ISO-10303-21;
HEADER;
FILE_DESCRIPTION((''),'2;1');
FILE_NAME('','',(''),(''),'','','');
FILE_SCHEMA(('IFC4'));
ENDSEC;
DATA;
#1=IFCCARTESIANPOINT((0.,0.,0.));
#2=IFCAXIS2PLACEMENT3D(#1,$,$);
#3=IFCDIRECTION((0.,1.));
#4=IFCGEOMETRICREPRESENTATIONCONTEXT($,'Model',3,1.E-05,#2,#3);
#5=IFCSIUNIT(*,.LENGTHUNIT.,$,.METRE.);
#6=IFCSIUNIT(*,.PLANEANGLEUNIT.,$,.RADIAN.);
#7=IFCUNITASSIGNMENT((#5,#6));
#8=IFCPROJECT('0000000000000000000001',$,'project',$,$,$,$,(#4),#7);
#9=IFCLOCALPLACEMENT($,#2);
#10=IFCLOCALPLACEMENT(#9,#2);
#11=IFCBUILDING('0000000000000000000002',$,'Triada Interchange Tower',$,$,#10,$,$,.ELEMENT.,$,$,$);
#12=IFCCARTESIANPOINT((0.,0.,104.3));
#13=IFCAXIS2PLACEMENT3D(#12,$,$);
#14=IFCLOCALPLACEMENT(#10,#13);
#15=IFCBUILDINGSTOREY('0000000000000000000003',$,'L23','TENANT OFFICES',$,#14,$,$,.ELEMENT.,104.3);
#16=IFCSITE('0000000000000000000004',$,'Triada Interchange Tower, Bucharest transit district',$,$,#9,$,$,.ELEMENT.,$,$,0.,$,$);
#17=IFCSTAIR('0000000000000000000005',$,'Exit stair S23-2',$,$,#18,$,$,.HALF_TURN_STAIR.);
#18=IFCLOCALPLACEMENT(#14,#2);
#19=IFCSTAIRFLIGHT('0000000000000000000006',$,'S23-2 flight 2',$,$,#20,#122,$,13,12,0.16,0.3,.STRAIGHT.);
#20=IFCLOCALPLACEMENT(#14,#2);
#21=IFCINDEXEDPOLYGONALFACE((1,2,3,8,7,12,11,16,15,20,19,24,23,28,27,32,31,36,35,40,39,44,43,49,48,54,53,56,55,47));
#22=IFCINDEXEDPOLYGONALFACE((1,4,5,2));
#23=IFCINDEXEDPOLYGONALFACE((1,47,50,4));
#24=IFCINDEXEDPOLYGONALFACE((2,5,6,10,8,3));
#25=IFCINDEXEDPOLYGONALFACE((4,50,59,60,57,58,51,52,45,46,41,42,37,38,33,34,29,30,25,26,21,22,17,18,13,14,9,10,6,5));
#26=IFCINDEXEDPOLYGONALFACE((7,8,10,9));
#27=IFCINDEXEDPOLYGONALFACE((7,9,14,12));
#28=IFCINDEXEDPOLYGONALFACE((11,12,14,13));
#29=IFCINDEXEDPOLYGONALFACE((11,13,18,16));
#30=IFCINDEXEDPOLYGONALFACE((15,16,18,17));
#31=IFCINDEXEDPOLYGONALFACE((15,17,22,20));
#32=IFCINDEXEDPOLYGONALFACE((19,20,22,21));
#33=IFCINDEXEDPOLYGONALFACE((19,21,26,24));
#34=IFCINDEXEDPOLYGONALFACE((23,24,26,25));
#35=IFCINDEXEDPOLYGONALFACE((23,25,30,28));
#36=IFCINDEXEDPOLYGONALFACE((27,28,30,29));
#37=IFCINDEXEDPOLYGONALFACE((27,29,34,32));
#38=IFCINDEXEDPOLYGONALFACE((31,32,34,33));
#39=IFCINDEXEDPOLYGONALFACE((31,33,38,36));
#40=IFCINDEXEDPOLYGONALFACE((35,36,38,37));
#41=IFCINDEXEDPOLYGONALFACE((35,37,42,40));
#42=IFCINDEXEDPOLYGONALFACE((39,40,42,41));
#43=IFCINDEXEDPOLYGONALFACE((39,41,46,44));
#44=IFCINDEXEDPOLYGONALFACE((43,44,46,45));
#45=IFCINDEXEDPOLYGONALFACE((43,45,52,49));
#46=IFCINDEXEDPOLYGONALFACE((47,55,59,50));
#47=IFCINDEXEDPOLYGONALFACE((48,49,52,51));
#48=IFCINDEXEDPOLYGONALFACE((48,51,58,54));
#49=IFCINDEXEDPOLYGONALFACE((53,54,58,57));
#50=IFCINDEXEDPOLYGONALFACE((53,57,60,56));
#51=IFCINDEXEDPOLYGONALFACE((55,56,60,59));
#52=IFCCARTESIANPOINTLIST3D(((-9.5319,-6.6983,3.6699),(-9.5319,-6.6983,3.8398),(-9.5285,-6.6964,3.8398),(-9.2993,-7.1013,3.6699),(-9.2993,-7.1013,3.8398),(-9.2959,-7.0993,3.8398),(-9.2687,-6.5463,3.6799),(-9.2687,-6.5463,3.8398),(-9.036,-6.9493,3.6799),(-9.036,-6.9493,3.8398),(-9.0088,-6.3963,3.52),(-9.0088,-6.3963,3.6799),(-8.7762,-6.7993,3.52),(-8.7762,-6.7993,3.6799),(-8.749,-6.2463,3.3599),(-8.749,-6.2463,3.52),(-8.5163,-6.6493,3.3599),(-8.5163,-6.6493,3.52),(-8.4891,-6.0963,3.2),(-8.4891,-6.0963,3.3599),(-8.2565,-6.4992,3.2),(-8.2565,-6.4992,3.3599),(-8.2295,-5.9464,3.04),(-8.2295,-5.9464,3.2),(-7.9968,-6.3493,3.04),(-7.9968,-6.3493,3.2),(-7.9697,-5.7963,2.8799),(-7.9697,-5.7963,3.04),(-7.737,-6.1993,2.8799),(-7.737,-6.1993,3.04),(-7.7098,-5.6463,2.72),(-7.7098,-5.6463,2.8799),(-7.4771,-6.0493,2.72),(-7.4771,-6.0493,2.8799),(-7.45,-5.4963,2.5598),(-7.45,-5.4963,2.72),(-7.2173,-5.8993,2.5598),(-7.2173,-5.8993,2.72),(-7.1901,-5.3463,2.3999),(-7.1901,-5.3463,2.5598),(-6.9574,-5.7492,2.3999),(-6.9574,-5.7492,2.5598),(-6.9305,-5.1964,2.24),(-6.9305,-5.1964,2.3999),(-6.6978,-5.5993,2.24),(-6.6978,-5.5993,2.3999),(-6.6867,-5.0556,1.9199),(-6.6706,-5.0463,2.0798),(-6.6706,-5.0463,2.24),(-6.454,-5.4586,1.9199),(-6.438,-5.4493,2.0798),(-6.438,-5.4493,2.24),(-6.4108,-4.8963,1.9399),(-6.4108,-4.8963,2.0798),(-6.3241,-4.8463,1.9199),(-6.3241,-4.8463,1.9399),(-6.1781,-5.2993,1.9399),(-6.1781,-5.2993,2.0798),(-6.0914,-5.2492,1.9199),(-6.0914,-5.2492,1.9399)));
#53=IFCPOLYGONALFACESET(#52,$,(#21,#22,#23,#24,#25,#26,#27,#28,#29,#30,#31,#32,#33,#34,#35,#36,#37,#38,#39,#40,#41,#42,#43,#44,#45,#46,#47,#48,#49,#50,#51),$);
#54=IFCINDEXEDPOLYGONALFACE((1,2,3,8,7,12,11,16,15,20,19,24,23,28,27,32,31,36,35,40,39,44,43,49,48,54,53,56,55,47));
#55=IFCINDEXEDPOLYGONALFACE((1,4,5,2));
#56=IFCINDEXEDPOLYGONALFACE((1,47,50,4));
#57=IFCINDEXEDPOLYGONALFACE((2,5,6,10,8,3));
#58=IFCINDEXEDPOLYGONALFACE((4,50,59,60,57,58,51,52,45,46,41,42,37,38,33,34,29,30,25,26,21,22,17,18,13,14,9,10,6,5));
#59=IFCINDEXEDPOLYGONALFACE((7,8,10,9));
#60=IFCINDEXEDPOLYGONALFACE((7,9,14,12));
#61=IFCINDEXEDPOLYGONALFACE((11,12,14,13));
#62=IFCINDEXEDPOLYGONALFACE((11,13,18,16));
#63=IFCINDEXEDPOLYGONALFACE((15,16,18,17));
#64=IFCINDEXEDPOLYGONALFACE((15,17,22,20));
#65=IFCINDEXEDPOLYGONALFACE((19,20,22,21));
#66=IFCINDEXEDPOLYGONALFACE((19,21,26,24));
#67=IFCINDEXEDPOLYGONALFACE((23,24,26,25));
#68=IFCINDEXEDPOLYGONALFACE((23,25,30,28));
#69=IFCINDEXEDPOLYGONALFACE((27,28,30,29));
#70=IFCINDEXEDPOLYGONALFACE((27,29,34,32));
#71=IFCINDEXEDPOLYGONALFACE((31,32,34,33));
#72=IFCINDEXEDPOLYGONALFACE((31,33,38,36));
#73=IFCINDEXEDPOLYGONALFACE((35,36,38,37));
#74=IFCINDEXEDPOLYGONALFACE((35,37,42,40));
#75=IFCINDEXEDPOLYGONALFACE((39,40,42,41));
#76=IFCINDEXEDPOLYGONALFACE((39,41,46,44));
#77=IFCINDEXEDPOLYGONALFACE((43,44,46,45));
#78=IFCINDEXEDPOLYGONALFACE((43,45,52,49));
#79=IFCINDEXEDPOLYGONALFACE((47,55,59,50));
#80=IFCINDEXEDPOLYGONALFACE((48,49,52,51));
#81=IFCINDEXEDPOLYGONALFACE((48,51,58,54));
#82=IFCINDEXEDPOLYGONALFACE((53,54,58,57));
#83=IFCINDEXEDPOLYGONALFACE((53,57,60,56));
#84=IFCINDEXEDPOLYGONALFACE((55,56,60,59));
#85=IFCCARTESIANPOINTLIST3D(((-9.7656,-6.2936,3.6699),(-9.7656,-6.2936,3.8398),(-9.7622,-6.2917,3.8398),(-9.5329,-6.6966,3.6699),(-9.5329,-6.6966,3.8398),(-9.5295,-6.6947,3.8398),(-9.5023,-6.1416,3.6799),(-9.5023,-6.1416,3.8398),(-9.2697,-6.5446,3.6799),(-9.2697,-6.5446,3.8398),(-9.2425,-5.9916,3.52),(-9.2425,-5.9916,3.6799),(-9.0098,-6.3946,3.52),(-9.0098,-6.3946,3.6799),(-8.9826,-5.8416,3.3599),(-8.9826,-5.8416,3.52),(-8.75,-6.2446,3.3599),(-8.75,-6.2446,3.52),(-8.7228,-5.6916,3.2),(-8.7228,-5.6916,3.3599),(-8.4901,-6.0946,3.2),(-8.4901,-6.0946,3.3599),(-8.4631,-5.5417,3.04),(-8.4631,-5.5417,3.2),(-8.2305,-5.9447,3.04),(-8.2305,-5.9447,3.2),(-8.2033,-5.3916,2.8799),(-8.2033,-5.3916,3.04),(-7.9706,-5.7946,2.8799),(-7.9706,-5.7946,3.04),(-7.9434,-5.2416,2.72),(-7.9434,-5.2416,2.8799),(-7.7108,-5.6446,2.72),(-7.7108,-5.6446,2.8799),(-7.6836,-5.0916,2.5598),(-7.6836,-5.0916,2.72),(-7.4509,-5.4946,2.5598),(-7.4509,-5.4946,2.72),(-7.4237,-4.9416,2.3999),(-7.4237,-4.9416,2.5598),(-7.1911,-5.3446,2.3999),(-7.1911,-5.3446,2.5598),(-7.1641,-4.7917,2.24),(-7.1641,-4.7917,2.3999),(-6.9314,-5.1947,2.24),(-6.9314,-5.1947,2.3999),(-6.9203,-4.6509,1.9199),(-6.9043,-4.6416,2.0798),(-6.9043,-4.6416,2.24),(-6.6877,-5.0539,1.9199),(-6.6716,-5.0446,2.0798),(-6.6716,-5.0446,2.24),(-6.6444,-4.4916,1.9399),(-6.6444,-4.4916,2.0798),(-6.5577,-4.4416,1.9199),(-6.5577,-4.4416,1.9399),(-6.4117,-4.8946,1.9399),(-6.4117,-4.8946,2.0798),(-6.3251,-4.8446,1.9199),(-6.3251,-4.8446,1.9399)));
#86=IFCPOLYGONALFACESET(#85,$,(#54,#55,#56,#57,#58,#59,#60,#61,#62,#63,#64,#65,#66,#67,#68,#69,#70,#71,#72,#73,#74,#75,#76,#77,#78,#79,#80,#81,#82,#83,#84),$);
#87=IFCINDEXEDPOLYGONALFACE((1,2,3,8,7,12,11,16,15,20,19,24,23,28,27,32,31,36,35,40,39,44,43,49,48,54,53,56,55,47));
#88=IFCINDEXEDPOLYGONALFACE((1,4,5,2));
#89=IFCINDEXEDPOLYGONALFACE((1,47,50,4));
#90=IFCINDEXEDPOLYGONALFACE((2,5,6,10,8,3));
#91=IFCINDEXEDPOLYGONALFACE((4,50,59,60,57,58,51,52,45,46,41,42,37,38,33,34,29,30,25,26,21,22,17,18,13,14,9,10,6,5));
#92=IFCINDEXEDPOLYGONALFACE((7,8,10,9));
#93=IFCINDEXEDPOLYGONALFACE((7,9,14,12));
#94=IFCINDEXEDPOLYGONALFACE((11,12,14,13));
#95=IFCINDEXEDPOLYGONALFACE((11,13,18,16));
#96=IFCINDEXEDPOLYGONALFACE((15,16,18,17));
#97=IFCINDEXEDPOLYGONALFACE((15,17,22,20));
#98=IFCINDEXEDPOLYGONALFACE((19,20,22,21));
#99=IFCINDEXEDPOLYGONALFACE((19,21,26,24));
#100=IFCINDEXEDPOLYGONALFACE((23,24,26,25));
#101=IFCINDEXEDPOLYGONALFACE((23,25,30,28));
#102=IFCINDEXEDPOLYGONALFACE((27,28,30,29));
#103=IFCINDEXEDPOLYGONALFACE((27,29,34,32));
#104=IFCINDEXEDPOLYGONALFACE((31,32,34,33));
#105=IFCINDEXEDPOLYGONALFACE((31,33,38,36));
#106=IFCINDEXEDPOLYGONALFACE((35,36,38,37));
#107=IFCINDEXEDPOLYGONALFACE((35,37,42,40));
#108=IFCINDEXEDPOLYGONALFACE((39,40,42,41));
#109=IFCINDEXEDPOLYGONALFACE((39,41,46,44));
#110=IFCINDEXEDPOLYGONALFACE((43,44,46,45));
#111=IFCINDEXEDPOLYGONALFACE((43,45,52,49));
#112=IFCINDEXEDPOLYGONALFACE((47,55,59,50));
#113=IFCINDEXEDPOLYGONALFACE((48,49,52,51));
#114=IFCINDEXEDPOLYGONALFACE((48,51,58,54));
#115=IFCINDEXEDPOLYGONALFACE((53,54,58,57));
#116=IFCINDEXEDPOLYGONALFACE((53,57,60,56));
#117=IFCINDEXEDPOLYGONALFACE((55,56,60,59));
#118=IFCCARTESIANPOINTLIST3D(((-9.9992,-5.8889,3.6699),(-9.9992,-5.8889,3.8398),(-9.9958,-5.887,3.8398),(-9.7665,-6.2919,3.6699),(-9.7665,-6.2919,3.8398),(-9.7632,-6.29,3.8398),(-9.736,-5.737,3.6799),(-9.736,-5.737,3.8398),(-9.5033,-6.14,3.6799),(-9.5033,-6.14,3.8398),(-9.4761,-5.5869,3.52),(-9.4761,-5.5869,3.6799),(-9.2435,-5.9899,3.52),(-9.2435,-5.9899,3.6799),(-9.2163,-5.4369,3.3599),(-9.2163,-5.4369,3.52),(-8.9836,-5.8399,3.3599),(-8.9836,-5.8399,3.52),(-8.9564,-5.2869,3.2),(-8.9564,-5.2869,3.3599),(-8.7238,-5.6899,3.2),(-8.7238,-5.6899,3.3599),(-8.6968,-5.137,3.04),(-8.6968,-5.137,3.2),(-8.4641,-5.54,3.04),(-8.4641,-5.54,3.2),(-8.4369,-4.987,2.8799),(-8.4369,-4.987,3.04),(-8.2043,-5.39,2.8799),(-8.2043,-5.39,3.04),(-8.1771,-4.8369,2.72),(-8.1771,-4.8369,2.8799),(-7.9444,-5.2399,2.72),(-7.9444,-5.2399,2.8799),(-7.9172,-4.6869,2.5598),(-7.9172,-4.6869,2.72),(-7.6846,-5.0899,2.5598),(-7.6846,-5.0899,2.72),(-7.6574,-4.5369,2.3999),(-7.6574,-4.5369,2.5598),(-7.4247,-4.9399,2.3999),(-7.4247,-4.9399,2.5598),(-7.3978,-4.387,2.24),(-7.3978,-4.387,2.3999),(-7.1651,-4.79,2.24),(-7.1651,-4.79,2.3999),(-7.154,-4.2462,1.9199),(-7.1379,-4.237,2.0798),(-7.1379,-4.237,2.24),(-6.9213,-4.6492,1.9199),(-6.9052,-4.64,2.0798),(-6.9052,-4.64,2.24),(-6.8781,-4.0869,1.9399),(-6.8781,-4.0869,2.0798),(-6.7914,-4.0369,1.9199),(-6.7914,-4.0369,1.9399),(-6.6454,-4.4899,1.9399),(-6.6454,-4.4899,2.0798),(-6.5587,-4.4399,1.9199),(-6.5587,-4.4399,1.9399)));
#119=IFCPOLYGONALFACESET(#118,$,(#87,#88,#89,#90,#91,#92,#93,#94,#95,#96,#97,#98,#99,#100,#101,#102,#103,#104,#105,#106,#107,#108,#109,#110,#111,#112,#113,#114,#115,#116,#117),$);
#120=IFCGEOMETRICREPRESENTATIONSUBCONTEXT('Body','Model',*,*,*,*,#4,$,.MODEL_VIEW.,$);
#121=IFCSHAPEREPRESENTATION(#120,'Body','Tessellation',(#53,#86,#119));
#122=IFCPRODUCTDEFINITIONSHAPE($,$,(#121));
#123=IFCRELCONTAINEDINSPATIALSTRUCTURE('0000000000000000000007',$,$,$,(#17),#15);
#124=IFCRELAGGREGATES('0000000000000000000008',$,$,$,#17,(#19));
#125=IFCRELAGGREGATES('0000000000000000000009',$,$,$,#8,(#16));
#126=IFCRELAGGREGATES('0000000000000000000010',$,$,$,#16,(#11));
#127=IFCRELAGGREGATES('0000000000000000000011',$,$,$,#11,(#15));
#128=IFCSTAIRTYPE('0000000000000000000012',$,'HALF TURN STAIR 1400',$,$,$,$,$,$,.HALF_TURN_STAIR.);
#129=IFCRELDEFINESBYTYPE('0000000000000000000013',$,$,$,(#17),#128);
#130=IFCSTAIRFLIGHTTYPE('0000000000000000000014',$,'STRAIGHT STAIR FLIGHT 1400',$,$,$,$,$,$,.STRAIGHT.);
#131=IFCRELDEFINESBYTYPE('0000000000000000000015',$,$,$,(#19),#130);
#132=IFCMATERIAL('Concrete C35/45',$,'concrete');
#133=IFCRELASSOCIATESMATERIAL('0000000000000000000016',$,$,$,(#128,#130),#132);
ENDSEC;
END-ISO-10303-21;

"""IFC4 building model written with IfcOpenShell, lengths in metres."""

from ifc_helpers import new_model, si_unit, direction, frame, origin, place, context, subcontext, project, spatial, polyline, outline, extrude, material, type_object, element, aggregate, save


model = new_model("IFC4")

# Units and contexts
model_context = context("Model", 3, precision=1e-05, world=origin(), true_north=direction((0.0, 1.0)))
body_context = subcontext(model_context, "Body", "Model", "MODEL_VIEW")
ifc_project = project(units=[si_unit("LENGTHUNIT", "METRE"), si_unit("PLANEANGLEUNIT", "RADIAN")], contexts=[model_context])

# Site, building, storey
site_placement = place(None, origin())
site = spatial("IfcSite", under=ifc_project, at=site_placement, Name="Triada Interchange Tower, Bucharest transit district", CompositionType="ELEMENT", RefElevation=0.0)
building_placement = place(site_placement, origin())
building = spatial("IfcBuilding", under=site, at=building_placement, Name="Triada Interchange Tower", CompositionType="ELEMENT")
storey_placement = place(building_placement, frame((0.0, 0.0, 104.3)))
storey = spatial("IfcBuildingStorey", under=building, at=storey_placement, Name="L23", Description="TENANT OFFICES", CompositionType="ELEMENT", Elevation=104.3)

# Stair, stair flight
ifc_material_1 = material(Name="Concrete C35/45", Category="concrete")
stair_type = type_object("IfcStairType", Name="HALF TURN STAIR 1400", PredefinedType="HALF_TURN_STAIR", material=ifc_material_1)
stair_placement = place(storey_placement, origin())
stair = element("IfcStair", 1, at=stair_placement, inside=storey, type_object=stair_type, Name="Exit stair S23-2", PredefinedType="HALF_TURN_STAIR")
stair_flight_type = type_object("IfcStairFlightType", Name="STRAIGHT STAIR FLIGHT 1400", PredefinedType="STRAIGHT", material=ifc_material_1)
stair_flight_1_placement = place(storey_placement, frame((-6.5281, -4.6931, 1.9199), z_axis=(0.0, 0.0, 1.0), x_axis=(-0.866025, -0.5, 0.0)))
stair_flight_1 = element("IfcStairFlight", 2, at=stair_flight_1_placement, type_object=stair_flight_type, Name="S23-2 flight 2", NumberOfRisers=13, NumberOfTreads=12, PredefinedType="STRAIGHT", RiserHeight=0.16, TreadLength=0.3, context=body_context, shape_type="SweptSolid", body=[
    extrude(outline(polyline([(-0.1001, 0.0), (-0.1001, 0.02), (0.0, 0.02), (0.0, 0.1599), (0.3, 0.1599), (0.3, 0.3201), (0.6001, 0.3201), (0.6001, 0.48), (0.8999, 0.48), (0.8999, 0.6399), (1.2, 0.6399), (1.2, 0.8), (1.5, 0.8), (1.5, 0.96), (1.8, 0.96), (1.8, 1.1201), (2.1001, 1.1201), (2.1001, 1.28), (2.3999, 1.28), (2.3999, 1.4399), (2.7, 1.4399), (2.7, 1.6001), (3.0, 1.6001), (3.0, 1.76), (3.3, 1.76), (3.3, 1.9199), (3.6001, 1.9199), (3.604, 1.9199), (3.604, 2.0801), (3.604, 1.75), (0.3186, 0.0), (-0.1001, 0.0)])), frame((0.0, 0.7, 0.0), z_axis=(0.0, -1.0, 0.0), x_axis=(1.0, 0.0, 0.0)), (0.0, 0.0, 1.0), 0.4653),
    extrude(outline(polyline([(-0.1001, 0.0), (-0.1001, 0.02), (0.0, 0.02), (0.0, 0.1599), (0.3, 0.1599), (0.3, 0.3201), (0.6001, 0.3201), (0.6001, 0.48), (0.8999, 0.48), (0.8999, 0.6399), (1.2, 0.6399), (1.2, 0.8), (1.5, 0.8), (1.5, 0.96), (1.8, 0.96), (1.8, 1.1201), (2.1001, 1.1201), (2.1001, 1.28), (2.3999, 1.28), (2.3999, 1.4399), (2.7, 1.4399), (2.7, 1.6001), (3.0, 1.6001), (3.0, 1.76), (3.3, 1.76), (3.3, 1.9199), (3.6001, 1.9199), (3.604, 1.9199), (3.604, 2.0801), (3.604, 1.75), (0.3186, 0.0), (-0.1001, 0.0)])), frame((0.0, 0.2327, 0.0), z_axis=(0.0, -1.0, 0.0), x_axis=(1.0, 0.0, 0.0)), (0.0, 0.0, 1.0), 0.4653),
    extrude(outline(polyline([(-0.1001, 0.0), (-0.1001, 0.02), (0.0, 0.02), (0.0, 0.1599), (0.3, 0.1599), (0.3, 0.3201), (0.6001, 0.3201), (0.6001, 0.48), (0.8999, 0.48), (0.8999, 0.6399), (1.2, 0.6399), (1.2, 0.8), (1.5, 0.8), (1.5, 0.96), (1.8, 0.96), (1.8, 1.1201), (2.1001, 1.1201), (2.1001, 1.28), (2.3999, 1.28), (2.3999, 1.4399), (2.7, 1.4399), (2.7, 1.6001), (3.0, 1.6001), (3.0, 1.76), (3.3, 1.76), (3.3, 1.9199), (3.6001, 1.9199), (3.604, 1.9199), (3.604, 2.0801), (3.604, 1.75), (0.3186, 0.0), (-0.1001, 0.0)])), frame((0.0, -0.2346, 0.0), z_axis=(0.0, -1.0, 0.0), x_axis=(1.0, 0.0, 0.0)), (0.0, 0.0, 1.0), 0.4653),
])
aggregate(stair, [stair_flight_1])

save(model, "model.ifc")
